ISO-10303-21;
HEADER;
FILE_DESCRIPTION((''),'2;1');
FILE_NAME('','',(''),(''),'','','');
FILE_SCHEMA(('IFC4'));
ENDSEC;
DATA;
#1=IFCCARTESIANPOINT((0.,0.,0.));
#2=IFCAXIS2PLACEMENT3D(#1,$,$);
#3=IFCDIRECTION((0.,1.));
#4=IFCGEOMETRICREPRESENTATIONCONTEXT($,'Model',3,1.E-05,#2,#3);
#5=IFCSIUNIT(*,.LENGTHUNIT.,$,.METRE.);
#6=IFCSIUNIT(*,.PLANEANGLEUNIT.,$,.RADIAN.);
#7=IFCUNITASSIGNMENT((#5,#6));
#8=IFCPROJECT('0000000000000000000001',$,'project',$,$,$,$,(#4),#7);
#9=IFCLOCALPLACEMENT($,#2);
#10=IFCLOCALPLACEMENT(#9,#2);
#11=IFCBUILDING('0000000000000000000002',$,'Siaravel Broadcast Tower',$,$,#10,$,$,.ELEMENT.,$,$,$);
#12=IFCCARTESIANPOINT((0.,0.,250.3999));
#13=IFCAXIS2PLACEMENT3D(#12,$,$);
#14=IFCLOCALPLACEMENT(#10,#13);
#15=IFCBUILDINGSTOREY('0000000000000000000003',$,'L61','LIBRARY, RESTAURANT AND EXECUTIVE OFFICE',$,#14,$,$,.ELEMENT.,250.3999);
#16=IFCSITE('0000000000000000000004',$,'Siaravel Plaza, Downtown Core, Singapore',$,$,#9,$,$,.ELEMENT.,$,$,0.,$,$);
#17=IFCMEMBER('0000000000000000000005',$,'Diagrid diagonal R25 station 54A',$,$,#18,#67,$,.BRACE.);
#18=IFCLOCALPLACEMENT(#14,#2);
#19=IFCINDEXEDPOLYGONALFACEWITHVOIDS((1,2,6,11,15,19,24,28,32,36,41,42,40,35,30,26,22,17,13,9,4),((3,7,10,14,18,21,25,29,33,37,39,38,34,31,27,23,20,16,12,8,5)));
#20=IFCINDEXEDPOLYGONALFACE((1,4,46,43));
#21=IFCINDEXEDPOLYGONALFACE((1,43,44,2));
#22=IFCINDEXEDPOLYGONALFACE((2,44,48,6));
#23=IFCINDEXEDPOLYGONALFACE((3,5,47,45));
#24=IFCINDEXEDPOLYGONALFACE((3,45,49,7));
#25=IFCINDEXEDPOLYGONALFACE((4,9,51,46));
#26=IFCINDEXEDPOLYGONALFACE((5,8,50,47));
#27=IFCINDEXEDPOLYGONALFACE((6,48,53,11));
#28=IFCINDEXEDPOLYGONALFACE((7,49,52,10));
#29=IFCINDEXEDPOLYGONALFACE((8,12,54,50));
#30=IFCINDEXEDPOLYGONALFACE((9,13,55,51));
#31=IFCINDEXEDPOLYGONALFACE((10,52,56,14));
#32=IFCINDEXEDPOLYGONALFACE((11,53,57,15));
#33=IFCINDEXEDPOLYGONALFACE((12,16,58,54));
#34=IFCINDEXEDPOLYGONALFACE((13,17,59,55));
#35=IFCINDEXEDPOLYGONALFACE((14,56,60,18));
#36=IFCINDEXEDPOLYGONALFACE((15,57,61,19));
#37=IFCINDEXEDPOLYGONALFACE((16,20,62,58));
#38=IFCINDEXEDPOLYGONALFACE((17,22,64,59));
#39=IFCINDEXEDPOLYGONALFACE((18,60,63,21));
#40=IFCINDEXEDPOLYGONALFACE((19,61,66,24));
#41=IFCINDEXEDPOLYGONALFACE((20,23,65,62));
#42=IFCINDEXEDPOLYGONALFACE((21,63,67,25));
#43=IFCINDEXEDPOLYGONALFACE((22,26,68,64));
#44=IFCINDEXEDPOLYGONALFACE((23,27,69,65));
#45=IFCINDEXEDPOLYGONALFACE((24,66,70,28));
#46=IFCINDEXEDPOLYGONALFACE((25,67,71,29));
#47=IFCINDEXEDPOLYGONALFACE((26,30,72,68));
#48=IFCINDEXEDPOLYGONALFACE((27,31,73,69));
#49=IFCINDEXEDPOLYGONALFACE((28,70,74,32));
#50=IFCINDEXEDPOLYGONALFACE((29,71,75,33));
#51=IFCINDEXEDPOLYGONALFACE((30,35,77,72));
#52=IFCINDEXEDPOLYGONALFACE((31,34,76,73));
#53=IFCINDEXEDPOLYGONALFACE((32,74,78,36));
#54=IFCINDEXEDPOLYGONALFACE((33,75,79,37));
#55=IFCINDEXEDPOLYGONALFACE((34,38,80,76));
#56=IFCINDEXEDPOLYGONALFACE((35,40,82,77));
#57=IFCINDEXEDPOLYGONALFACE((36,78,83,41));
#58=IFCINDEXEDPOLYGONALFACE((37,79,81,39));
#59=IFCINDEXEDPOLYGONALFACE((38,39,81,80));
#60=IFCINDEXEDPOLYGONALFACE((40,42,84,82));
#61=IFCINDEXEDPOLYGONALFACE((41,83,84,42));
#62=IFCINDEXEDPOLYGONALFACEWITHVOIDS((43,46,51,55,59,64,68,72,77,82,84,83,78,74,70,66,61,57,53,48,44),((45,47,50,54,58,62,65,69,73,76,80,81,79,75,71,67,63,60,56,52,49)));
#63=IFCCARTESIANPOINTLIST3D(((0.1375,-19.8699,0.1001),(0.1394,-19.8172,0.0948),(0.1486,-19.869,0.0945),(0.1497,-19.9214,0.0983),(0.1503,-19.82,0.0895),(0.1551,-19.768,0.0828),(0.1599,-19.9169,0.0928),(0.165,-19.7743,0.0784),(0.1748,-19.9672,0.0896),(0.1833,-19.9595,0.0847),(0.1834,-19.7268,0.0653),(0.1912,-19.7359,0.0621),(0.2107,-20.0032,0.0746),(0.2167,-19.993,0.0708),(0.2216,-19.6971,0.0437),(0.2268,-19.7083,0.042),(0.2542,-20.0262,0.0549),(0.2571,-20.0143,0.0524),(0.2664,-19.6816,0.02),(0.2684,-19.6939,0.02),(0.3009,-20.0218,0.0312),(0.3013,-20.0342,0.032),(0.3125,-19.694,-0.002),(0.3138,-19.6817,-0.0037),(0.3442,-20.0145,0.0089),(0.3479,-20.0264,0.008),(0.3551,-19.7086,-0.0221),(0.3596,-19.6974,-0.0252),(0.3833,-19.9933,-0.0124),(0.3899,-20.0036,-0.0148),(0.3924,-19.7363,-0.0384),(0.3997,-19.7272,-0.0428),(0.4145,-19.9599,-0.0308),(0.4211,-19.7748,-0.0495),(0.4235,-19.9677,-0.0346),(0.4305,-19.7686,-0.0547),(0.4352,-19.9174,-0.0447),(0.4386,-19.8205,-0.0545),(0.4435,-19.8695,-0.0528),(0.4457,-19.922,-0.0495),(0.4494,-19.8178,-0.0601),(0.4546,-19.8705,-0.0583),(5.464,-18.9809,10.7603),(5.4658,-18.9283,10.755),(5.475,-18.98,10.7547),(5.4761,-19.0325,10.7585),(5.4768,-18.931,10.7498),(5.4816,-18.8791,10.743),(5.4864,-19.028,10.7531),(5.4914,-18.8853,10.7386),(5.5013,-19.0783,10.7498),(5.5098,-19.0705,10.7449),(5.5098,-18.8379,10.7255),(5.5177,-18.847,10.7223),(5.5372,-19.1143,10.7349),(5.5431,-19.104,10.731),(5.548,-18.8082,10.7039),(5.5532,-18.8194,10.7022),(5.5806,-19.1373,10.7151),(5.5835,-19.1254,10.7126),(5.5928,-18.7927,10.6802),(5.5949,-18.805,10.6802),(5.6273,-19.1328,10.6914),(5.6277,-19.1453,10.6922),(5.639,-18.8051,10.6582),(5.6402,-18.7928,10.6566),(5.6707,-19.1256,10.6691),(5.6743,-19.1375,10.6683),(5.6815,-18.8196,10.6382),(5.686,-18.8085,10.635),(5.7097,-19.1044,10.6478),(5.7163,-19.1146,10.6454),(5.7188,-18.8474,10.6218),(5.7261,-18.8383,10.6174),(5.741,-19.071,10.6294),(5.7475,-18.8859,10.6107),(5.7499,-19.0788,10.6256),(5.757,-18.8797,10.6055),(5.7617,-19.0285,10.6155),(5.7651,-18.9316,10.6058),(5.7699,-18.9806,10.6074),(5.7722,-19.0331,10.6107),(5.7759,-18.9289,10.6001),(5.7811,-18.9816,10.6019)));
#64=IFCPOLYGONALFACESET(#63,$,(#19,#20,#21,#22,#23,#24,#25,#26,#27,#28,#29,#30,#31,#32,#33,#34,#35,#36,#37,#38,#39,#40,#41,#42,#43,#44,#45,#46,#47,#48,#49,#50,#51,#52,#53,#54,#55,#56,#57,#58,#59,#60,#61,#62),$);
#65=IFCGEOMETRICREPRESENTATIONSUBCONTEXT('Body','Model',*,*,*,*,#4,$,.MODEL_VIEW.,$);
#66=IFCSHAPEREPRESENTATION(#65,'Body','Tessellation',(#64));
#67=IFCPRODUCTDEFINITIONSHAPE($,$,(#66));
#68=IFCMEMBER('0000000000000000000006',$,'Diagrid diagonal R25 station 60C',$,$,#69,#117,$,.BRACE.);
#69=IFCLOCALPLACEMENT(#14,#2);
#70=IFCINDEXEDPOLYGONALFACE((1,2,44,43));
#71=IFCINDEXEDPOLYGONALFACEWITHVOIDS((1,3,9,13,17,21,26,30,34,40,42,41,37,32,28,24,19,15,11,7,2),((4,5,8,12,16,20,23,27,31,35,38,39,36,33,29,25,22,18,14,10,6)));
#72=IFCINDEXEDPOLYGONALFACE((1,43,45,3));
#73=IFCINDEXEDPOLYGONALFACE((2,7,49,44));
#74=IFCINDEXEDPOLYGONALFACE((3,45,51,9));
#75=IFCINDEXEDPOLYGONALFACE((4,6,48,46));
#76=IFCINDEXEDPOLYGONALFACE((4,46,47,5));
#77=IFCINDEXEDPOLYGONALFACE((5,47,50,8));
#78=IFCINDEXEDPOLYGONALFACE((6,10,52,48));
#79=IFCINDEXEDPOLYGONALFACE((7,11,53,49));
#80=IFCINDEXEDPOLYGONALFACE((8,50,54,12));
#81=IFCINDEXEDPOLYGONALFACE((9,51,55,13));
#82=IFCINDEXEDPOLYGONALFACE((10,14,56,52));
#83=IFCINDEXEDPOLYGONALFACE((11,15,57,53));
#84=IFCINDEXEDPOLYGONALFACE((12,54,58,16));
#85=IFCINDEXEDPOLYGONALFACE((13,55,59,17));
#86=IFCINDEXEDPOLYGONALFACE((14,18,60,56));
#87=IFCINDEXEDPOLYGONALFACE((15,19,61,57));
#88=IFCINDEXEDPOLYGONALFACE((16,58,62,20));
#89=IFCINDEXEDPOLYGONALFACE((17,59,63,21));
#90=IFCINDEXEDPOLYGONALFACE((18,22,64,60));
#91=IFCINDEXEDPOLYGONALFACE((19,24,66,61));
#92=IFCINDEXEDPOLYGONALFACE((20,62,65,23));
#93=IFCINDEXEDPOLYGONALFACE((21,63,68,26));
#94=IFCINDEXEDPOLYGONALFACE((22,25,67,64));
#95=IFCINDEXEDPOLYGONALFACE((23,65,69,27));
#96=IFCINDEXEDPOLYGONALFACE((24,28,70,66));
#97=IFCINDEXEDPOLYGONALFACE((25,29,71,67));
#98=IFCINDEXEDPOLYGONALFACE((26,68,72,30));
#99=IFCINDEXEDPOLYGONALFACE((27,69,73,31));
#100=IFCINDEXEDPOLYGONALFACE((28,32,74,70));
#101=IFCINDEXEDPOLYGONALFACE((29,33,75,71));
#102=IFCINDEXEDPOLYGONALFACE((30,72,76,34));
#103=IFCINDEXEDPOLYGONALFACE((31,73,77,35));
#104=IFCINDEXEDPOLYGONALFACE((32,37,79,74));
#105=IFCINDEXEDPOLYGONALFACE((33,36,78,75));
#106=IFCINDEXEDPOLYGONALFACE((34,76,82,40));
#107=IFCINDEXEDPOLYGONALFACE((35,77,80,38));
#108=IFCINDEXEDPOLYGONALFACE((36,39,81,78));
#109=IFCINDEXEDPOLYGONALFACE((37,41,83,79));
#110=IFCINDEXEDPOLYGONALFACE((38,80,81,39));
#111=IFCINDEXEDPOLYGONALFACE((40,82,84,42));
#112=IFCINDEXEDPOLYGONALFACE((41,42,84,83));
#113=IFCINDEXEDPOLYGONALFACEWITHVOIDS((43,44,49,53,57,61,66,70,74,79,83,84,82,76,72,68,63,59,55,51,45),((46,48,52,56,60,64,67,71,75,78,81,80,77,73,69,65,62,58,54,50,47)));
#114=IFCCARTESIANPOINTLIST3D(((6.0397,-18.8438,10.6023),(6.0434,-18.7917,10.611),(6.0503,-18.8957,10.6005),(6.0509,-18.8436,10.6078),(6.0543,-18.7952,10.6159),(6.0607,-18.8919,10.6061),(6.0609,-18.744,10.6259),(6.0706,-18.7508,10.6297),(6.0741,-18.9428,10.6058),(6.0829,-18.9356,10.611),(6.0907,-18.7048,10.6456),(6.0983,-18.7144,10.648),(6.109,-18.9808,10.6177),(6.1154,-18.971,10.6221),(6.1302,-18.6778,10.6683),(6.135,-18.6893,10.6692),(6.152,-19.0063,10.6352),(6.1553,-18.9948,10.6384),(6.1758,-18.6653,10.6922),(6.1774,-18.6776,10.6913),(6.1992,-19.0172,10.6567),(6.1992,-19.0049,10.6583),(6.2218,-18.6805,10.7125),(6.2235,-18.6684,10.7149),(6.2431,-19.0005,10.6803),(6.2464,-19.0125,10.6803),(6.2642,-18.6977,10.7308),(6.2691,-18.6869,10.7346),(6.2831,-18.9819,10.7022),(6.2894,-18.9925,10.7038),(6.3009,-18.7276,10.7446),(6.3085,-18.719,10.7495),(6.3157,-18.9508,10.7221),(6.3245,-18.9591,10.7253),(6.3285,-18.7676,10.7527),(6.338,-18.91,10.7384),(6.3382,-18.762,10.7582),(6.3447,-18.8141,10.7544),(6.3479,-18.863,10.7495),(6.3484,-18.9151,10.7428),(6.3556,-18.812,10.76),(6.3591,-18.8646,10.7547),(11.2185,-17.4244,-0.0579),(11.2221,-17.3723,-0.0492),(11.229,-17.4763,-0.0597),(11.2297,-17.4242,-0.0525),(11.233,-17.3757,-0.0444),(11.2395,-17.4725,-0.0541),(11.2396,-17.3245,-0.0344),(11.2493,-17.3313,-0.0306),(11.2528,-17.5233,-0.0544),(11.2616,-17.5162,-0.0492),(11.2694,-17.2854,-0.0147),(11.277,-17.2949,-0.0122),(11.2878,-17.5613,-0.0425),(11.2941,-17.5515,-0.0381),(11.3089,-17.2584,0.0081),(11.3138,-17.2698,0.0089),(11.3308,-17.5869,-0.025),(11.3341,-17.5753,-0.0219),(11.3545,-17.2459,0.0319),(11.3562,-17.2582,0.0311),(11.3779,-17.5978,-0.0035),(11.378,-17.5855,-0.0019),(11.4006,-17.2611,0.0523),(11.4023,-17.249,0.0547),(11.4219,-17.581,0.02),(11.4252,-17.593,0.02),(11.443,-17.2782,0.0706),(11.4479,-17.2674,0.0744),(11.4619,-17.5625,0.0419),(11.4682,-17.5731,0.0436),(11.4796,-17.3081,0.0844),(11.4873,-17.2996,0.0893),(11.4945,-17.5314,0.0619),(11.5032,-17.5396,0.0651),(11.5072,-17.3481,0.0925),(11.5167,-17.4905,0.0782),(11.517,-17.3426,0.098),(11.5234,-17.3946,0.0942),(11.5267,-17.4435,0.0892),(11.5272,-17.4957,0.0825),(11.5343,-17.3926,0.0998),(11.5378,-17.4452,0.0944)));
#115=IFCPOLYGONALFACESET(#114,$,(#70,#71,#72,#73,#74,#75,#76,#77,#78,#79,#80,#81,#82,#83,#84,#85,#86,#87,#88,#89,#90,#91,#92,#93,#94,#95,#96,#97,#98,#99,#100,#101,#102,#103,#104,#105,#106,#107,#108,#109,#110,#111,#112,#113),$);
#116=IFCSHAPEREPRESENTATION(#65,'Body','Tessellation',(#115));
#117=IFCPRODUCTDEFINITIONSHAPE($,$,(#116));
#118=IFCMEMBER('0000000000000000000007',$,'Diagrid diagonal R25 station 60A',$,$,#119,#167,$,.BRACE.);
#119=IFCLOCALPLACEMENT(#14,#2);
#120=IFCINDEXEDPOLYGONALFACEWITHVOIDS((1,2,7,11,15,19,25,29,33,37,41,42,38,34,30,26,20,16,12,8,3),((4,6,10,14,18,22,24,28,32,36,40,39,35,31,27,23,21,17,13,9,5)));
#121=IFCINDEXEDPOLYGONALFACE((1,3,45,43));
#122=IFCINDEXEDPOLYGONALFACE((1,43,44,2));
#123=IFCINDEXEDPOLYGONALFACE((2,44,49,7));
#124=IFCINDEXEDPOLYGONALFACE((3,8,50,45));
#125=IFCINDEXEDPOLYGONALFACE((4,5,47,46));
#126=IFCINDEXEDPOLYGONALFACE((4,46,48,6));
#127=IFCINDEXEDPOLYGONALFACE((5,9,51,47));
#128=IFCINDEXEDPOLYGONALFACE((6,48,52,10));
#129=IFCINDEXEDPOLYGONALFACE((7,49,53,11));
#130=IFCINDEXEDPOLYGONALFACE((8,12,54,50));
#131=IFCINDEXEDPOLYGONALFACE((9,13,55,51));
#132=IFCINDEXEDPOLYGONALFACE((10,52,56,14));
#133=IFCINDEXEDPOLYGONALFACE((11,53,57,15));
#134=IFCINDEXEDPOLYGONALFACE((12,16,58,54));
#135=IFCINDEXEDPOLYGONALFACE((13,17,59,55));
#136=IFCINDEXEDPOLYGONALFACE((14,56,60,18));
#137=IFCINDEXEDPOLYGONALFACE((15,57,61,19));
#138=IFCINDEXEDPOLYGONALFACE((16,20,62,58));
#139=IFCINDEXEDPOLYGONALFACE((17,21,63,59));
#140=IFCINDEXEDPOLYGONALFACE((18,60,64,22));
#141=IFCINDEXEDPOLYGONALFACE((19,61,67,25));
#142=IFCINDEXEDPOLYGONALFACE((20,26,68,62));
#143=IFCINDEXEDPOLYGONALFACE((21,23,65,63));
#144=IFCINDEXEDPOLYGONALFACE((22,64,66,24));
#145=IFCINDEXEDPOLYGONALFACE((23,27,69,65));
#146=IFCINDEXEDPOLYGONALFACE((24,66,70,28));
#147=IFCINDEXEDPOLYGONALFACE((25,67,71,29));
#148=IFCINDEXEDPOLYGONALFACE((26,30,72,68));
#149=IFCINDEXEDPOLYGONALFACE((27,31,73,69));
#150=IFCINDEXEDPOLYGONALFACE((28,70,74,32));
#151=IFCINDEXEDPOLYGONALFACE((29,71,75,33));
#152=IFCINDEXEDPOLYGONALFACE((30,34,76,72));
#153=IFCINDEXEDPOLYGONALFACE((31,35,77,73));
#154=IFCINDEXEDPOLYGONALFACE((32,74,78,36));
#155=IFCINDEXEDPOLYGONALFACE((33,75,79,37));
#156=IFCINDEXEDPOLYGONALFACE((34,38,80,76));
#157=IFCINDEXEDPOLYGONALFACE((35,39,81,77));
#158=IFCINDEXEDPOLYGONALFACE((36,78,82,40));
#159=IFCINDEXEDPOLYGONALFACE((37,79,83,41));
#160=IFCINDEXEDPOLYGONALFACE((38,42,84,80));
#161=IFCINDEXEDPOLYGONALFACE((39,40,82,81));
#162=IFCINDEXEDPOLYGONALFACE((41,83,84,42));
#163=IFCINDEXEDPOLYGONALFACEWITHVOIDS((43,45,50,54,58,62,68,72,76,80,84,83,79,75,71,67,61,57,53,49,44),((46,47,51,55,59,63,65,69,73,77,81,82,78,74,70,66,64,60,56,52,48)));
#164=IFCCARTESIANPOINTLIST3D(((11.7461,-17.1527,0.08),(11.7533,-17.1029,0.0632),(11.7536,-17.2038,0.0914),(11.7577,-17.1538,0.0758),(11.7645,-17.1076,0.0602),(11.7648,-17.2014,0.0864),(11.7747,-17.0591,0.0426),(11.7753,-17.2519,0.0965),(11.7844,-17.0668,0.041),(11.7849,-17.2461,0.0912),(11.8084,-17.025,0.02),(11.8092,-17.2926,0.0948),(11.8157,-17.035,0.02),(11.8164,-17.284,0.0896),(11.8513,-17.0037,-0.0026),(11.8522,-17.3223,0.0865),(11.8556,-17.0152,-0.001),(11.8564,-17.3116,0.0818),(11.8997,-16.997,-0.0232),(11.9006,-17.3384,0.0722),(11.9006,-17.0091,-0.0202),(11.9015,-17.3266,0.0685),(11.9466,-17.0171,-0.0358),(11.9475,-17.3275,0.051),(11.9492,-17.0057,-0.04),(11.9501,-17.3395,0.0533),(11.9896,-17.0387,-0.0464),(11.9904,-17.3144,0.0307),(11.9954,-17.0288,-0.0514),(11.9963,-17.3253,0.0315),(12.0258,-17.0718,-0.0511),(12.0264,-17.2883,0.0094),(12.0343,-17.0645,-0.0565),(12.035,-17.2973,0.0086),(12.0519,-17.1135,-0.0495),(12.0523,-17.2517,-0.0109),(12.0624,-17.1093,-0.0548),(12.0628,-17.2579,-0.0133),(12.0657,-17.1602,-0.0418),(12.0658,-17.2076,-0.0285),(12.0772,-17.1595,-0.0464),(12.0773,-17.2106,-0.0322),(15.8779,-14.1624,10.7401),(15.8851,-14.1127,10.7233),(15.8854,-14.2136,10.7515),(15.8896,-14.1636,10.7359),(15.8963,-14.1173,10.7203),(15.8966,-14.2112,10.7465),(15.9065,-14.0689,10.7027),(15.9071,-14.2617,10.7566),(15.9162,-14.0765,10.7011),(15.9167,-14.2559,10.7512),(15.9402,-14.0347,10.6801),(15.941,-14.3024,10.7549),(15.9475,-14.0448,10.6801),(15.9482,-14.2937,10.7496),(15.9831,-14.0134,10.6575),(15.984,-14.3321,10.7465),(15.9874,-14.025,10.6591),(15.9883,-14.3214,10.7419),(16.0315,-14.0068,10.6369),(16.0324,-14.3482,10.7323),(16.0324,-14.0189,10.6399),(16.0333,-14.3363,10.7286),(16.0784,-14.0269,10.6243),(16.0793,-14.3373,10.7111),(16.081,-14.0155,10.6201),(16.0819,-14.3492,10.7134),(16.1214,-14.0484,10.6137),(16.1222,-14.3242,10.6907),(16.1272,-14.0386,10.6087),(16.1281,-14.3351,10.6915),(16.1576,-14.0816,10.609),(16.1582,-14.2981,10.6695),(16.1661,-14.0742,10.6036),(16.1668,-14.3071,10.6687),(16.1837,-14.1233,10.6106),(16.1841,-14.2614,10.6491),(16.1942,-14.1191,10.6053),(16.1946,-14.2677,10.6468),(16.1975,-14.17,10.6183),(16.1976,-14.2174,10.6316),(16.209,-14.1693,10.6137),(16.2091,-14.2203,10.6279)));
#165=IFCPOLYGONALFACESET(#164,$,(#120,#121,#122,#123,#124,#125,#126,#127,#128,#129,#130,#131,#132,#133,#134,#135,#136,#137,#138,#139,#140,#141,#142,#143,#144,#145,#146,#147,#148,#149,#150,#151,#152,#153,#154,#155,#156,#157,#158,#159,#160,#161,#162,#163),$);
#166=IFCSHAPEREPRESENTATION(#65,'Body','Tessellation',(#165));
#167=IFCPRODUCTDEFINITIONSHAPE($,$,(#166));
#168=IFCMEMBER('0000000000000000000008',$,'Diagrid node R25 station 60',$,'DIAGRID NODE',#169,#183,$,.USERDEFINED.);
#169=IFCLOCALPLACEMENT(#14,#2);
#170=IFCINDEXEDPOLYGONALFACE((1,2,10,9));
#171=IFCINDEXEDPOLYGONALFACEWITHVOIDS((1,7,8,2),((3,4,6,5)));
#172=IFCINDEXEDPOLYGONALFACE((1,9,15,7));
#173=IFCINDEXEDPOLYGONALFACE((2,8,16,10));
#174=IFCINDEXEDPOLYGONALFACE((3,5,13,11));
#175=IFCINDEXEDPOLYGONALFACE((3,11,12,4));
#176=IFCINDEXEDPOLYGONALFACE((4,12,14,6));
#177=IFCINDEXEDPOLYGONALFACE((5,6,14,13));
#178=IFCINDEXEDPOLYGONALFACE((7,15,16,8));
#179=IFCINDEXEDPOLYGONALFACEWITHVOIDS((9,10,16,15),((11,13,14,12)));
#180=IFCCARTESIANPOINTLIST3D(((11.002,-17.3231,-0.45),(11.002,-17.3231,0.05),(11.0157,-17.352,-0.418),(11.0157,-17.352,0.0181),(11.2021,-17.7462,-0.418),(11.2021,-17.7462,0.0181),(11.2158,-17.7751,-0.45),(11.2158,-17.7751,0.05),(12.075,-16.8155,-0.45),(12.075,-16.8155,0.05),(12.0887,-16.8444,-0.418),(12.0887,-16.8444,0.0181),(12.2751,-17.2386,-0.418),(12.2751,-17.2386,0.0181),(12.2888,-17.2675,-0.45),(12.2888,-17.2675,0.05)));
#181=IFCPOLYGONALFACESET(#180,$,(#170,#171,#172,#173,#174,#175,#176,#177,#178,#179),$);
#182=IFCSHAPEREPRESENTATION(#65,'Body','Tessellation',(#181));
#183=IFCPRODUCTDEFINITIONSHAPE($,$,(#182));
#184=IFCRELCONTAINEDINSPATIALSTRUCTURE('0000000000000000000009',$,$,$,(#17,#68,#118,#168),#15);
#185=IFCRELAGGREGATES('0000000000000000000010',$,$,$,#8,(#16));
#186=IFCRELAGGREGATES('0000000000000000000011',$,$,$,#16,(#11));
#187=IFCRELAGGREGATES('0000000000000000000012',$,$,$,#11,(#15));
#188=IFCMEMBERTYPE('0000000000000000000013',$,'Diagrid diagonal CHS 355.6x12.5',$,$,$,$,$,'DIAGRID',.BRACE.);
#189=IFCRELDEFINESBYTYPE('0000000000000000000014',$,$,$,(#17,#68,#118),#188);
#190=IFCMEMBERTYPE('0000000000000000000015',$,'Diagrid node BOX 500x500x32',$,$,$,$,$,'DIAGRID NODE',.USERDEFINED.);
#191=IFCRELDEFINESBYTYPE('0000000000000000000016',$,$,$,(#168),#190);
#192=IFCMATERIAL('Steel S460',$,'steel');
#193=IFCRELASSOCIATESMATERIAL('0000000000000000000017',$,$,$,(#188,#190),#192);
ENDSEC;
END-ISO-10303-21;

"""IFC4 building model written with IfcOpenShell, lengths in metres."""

from ifc_helpers import new_model, si_unit, direction, frame, origin, origin_2d, place, context, subcontext, project, spatial, hollow_rectangle, hollow_circle, extrude, material, material_profile, profile_set, type_object, element, save


model = new_model("IFC4")

# Units and contexts
model_context = context("Model", 3, precision=1e-05, world=origin(), true_north=direction((0.0, 1.0)))
body_context = subcontext(model_context, "Body", "Model", "MODEL_VIEW")
ifc_project = project(units=[si_unit("LENGTHUNIT", "METRE"), si_unit("PLANEANGLEUNIT", "RADIAN")], contexts=[model_context])

# Site, building, storey
site_placement = place(None, origin())
site = spatial("IfcSite", under=ifc_project, at=site_placement, Name="Siaravel Plaza, Downtown Core, Singapore", CompositionType="ELEMENT", RefElevation=0.0)
building_placement = place(site_placement, origin())
building = spatial("IfcBuilding", under=site, at=building_placement, Name="Siaravel Broadcast Tower", CompositionType="ELEMENT")
storey_placement = place(building_placement, frame((0.0, 0.0, 250.3999)))
storey = spatial("IfcBuildingStorey", under=building, at=storey_placement, Name="L61", Description="LIBRARY, RESTAURANT AND EXECUTIVE OFFICE", CompositionType="ELEMENT", Elevation=250.3999)

# Members
ifc_material_1 = material(Name="Steel S460", Category="steel")
ifc_material_profile_1 = material_profile(ifc_material_1, hollow_circle(Radius=0.1777, WallThickness=0.0125, at=origin_2d()))
ifc_profile_set_1 = profile_set([ifc_material_profile_1], Name="Steel S460")
member_type_1 = type_object("IfcMemberType", Name="Diagrid diagonal CHS 355.6x12.5", ElementType="DIAGRID", PredefinedType="BRACE", material=ifc_profile_set_1)
member_1_placement = place(storey_placement, frame((0.2957, -19.8569, 0.02), z_axis=(0.445729, 0.074387, 0.892072), x_axis=(-0.164612, 0.986358, 0.0)))
element("IfcMember", 1, at=member_1_placement, inside=storey, type_object=member_type_1, Name="Diagrid diagonal R25 station 54A", PredefinedType="BRACE", context=body_context, shape_type="SweptSolid", body=[
    extrude(hollow_circle(Radius=0.1777, WallThickness=0.0125, at=origin_2d()), origin(), (0.0, 0.0, 1.0), 11.95),
])
member_2_placement = place(storey_placement, frame((11.3782, -17.4216, 0.02), z_axis=(-0.433866, -0.118918, 0.893095), x_axis=(0.264341, -0.964429, 0.0)))
element("IfcMember", 2, at=member_2_placement, inside=storey, type_object=member_type_1, Name="Diagrid diagonal R25 station 60C", PredefinedType="BRACE", context=body_context, shape_type="SweptSolid", body=[
    extrude(hollow_circle(Radius=0.1777, WallThickness=0.0125, at=origin_2d()), origin(), (0.0, 0.0, 1.0), 11.9363),
])
member_3_placement = place(storey_placement, frame((11.9126, -17.1689, 0.02), z_axis=(0.349638, 0.253035, 0.902068), x_axis=(-0.58628, 0.810108, 0.0)))
element("IfcMember", 3, at=member_3_placement, inside=storey, type_object=member_type_1, Name="Diagrid diagonal R25 station 60A", PredefinedType="BRACE", context=body_context, shape_type="SweptSolid", body=[
    extrude(hollow_circle(Radius=0.1777, WallThickness=0.0125, at=origin_2d()), origin(), (0.0, 0.0, 1.0), 11.8174),
])
ifc_material_profile_2 = material_profile(ifc_material_1, hollow_rectangle(XDim=0.5, YDim=0.5, WallThickness=0.032, at=origin_2d()))
ifc_profile_set_2 = profile_set([ifc_material_profile_2], Name="Steel S460")
member_type_2 = type_object("IfcMemberType", Name="Diagrid node BOX 500x500x32", ElementType="DIAGRID NODE", PredefinedType="USERDEFINED", material=ifc_profile_set_2)
member_4_placement = place(storey_placement, frame((11.1089, -17.5491, -0.2), z_axis=(0.903964, 0.427609, 0.0), x_axis=(-0.427609, 0.903964, 0.0)))
element("IfcMember", 4, at=member_4_placement, inside=storey, type_object=member_type_2, Name="Diagrid node R25 station 60", ObjectType="DIAGRID NODE", PredefinedType="USERDEFINED", context=body_context, shape_type="SweptSolid", body=[
    extrude(hollow_rectangle(XDim=0.5, YDim=0.5, WallThickness=0.032, at=origin_2d()), origin(), (0.0, 0.0, 1.0), 1.187),
])

save(model, "model.ifc")
